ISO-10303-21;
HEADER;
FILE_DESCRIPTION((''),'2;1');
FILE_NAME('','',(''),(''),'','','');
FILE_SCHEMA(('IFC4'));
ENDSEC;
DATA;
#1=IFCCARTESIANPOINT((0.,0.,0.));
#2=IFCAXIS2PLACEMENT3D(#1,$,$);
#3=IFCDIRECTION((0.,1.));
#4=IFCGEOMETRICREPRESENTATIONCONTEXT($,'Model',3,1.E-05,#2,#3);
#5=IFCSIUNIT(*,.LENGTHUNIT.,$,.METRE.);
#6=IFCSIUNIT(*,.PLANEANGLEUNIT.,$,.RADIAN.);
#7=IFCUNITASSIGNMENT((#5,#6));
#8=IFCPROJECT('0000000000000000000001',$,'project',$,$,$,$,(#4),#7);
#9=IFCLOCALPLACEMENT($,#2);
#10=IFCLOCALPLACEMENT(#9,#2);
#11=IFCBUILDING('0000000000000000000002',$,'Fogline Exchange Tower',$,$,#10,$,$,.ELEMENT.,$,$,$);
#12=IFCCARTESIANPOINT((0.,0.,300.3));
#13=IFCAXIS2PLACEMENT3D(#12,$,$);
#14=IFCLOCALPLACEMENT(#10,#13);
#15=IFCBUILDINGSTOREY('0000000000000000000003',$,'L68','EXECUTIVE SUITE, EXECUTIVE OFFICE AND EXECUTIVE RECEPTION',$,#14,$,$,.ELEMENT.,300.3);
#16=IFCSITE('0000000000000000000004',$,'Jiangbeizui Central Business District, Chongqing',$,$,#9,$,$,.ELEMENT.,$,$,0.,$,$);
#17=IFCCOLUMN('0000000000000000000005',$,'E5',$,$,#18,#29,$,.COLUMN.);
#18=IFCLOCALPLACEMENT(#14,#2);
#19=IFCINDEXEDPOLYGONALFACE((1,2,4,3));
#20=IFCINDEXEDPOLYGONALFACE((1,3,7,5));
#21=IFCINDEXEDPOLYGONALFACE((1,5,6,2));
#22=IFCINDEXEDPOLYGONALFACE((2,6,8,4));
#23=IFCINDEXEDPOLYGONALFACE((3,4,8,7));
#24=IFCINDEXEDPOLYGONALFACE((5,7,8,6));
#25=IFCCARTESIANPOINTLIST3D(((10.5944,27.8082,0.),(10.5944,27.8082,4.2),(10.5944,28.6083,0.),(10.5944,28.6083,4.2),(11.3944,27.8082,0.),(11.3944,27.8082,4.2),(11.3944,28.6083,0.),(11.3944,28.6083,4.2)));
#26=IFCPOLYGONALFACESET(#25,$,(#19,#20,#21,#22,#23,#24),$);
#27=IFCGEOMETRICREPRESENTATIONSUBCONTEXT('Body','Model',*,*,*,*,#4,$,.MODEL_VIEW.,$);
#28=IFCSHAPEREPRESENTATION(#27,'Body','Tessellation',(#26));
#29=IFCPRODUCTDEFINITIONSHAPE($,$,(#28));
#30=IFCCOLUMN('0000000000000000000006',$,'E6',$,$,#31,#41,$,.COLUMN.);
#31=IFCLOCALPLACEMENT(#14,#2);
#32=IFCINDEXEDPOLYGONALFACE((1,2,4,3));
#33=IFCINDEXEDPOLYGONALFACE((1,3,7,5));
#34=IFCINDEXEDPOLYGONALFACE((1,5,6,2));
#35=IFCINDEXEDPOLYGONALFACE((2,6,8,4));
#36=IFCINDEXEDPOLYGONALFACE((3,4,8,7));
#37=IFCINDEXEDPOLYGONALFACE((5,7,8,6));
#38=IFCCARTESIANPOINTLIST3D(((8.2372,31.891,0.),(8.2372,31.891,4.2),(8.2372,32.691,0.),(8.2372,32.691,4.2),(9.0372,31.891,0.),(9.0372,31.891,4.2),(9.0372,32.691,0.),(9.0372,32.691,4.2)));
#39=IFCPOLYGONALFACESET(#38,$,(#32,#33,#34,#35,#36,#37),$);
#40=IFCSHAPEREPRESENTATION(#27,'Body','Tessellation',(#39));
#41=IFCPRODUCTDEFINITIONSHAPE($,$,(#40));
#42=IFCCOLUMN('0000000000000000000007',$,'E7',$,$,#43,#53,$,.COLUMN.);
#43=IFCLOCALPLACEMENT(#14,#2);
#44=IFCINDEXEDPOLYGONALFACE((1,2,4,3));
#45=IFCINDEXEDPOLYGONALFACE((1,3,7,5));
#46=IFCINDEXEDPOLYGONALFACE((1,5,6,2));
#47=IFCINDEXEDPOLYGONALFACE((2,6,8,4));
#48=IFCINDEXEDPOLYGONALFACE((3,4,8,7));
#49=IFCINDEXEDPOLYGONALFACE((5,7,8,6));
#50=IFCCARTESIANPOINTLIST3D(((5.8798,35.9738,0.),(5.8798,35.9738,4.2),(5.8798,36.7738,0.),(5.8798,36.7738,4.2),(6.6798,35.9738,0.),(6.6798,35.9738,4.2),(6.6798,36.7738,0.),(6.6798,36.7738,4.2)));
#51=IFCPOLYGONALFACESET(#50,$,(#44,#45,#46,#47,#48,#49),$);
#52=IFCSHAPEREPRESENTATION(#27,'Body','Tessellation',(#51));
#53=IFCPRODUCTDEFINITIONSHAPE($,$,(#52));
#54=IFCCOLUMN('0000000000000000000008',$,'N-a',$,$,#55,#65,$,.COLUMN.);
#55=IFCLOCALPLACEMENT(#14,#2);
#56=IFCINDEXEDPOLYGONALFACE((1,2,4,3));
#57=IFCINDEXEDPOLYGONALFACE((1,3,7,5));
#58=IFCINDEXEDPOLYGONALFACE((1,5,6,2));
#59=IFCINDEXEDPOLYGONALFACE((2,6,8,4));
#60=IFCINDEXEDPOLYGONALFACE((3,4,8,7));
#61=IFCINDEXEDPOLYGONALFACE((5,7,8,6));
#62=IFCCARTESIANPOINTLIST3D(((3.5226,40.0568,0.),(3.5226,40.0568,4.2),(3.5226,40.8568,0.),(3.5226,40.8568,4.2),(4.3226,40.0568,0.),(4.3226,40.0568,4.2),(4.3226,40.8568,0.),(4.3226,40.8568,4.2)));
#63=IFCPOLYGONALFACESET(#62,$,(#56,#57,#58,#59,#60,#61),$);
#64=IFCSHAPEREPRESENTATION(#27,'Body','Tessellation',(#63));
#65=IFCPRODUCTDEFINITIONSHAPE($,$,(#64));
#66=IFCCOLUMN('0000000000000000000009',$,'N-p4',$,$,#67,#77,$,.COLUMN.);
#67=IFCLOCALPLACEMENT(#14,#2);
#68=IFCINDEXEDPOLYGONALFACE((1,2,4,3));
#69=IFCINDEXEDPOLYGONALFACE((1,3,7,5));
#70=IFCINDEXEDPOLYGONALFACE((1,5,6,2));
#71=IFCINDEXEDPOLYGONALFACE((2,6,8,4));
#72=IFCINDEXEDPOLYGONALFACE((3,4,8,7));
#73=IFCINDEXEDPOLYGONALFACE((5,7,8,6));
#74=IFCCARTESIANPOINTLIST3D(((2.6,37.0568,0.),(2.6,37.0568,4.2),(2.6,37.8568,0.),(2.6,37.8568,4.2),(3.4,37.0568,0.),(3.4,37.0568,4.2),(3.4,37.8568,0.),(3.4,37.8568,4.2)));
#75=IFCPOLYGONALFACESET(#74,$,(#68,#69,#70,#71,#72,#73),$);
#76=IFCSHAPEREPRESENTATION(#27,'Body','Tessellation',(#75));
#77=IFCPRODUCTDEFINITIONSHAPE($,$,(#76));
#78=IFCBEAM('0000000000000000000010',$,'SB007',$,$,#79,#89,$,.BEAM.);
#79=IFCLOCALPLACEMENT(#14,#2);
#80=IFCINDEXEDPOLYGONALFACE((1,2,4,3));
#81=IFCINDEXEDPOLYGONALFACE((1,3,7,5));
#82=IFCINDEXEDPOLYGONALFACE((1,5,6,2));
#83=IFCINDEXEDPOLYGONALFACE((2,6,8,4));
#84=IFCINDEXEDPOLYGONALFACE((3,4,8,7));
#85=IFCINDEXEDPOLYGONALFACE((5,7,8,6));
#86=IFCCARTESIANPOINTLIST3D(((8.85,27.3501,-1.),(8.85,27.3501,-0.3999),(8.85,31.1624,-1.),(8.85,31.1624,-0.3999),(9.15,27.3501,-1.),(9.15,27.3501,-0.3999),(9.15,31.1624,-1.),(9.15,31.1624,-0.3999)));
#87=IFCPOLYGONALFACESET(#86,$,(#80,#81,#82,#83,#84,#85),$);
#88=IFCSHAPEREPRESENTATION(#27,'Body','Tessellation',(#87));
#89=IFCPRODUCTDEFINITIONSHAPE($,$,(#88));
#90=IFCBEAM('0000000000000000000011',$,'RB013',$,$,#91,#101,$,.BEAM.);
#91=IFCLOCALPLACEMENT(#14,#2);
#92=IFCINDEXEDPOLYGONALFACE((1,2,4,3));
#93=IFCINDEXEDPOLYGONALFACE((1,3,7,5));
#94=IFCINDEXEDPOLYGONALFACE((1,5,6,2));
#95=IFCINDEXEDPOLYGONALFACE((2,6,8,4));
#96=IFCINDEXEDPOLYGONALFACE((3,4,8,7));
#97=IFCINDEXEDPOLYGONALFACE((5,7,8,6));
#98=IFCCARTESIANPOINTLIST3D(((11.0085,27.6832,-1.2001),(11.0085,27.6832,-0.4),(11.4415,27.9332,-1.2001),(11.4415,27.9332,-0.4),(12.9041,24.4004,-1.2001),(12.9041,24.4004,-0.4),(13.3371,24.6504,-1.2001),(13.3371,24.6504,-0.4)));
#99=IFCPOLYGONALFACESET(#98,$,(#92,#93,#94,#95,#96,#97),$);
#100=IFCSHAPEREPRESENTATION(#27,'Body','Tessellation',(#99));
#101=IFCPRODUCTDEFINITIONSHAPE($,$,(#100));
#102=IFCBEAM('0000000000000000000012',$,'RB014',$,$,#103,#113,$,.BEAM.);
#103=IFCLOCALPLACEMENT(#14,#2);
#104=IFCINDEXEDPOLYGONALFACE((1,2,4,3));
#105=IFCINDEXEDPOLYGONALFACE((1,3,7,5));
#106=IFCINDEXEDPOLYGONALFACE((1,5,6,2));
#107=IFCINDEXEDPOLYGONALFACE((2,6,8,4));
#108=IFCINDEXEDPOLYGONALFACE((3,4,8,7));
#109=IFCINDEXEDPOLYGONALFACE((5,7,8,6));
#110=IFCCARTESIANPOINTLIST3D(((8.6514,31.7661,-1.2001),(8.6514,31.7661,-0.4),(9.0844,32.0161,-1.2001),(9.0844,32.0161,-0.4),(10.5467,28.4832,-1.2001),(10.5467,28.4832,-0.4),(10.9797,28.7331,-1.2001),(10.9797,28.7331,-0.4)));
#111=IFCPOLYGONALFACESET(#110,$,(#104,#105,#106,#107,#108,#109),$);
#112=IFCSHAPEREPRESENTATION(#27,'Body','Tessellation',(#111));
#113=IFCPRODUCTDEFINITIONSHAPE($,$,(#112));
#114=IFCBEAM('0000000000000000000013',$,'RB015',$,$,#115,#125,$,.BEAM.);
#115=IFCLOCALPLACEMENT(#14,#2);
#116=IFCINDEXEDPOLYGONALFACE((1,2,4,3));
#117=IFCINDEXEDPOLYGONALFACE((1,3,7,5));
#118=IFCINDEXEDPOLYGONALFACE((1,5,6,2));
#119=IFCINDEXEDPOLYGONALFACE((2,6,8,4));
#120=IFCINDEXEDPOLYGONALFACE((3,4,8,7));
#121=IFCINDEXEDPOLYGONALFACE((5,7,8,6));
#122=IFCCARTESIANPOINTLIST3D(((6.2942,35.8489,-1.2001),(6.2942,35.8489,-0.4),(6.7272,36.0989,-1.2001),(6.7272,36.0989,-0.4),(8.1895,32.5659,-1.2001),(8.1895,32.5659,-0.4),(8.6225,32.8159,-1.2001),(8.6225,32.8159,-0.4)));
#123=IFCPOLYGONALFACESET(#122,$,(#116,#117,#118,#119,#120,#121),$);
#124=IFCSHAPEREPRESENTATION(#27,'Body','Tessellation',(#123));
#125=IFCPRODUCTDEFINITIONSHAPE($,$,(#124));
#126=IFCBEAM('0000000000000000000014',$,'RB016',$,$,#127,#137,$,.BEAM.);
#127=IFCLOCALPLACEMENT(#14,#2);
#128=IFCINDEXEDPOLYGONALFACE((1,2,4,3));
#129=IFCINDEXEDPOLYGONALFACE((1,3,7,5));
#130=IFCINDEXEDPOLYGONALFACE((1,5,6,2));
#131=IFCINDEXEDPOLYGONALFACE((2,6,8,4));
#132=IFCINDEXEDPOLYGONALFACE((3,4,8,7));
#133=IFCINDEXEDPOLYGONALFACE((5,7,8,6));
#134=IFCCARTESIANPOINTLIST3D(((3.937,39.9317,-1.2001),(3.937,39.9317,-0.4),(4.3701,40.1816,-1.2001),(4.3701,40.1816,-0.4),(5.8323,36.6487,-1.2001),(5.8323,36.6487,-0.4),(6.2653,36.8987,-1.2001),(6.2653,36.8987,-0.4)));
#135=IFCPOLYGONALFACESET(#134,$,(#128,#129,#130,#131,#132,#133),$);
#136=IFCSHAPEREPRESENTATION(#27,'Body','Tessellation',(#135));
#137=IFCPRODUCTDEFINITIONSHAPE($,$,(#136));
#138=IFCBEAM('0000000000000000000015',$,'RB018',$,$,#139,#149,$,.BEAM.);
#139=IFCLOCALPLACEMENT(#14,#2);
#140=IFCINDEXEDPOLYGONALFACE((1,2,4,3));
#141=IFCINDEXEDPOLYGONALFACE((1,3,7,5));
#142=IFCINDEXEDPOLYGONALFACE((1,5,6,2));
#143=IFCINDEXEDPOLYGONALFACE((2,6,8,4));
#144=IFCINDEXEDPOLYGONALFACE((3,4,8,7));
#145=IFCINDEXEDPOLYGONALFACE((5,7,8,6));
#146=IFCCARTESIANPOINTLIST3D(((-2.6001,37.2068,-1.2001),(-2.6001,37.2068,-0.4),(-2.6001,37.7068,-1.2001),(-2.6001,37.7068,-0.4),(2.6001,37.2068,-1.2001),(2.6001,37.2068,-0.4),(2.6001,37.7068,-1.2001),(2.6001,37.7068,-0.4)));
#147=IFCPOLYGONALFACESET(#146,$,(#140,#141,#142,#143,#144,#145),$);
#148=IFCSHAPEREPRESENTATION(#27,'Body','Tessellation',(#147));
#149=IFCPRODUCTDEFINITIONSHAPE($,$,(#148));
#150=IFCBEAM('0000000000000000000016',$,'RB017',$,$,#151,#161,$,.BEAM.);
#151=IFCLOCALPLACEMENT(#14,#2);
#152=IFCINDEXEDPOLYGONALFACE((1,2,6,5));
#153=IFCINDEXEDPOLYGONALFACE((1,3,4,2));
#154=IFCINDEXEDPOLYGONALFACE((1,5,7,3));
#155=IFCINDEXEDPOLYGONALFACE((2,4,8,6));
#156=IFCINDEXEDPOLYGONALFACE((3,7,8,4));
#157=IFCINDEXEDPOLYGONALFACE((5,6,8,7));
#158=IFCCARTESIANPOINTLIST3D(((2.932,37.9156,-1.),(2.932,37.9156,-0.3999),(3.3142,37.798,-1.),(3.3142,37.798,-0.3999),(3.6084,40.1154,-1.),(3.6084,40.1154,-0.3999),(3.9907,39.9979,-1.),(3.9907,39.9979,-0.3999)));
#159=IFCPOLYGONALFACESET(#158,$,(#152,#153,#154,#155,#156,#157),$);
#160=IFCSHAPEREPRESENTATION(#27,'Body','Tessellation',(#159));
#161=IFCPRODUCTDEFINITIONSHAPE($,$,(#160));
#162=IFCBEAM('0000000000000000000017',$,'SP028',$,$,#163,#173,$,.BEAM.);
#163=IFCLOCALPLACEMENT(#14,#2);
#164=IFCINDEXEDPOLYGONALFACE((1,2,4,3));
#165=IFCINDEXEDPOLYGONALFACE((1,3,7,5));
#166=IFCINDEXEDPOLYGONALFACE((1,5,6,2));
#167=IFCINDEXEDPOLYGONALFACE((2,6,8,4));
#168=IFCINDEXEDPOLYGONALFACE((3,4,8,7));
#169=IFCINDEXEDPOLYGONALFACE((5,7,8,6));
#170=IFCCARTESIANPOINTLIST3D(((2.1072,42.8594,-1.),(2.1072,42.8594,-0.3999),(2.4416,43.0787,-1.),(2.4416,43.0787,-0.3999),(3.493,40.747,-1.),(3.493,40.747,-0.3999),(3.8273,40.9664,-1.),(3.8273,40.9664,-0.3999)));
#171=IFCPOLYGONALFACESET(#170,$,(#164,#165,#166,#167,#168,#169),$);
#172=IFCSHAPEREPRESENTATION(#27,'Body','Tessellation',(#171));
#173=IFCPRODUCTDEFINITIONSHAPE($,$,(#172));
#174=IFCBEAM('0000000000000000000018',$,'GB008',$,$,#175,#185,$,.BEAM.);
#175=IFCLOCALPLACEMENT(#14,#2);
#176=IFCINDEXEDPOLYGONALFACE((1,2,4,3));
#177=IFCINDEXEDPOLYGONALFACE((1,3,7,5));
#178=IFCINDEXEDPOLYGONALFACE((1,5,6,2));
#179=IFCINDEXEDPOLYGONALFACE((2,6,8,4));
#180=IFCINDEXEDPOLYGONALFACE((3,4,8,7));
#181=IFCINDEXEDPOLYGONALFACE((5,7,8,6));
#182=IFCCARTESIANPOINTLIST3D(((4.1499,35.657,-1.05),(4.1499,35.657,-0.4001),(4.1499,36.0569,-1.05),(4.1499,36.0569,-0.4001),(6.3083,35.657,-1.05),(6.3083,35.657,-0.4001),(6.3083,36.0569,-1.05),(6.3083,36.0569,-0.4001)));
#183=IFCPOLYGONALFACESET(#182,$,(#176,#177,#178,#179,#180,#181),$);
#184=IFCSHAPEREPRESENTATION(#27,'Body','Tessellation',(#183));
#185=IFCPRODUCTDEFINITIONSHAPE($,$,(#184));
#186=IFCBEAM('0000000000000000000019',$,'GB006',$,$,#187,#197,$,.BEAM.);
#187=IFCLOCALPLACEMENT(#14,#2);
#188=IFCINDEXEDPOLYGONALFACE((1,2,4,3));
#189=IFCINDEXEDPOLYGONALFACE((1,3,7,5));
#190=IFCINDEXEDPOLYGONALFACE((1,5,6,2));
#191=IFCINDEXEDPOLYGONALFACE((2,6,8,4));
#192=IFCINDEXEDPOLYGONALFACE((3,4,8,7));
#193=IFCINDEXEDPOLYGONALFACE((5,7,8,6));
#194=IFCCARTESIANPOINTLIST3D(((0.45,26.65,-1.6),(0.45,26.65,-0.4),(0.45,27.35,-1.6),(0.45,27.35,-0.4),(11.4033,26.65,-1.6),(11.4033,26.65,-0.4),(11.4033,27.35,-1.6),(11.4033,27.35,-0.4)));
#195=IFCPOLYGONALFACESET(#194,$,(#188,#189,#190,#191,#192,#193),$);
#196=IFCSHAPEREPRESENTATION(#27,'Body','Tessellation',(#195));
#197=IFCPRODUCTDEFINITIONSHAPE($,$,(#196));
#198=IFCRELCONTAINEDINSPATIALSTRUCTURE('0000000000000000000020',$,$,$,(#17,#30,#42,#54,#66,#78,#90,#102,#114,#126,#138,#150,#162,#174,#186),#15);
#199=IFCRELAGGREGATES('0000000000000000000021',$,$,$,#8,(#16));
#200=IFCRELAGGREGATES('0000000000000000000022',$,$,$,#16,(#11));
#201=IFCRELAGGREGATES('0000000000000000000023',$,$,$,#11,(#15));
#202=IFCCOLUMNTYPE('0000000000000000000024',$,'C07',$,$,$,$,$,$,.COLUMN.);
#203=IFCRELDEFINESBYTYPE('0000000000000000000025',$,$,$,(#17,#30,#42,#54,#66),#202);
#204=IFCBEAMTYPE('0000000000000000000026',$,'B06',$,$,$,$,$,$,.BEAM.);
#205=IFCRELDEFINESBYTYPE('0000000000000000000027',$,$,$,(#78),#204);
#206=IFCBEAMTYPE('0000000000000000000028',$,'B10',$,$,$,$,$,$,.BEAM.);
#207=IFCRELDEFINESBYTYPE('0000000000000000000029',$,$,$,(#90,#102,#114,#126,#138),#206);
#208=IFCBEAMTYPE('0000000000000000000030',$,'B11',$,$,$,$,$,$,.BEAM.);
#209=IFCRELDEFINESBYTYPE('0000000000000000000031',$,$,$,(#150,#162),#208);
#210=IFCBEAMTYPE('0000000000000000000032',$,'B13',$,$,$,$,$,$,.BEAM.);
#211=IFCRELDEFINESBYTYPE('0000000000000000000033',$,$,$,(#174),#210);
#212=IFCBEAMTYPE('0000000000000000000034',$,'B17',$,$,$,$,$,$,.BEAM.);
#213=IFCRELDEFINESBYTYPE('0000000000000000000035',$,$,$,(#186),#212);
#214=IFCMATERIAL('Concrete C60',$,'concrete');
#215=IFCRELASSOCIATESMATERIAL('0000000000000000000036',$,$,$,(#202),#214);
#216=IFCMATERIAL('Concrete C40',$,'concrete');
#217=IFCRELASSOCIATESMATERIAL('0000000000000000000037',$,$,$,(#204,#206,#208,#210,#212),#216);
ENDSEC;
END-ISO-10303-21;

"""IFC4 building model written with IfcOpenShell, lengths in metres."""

from ifc_helpers import new_model, si_unit, direction, frame, origin, origin_2d, place, context, subcontext, project, spatial, rectangle, extrude, material, material_profile, profile_set, type_object, element, save


model = new_model("IFC4")

# Units and contexts
model_context = context("Model", 3, precision=1e-05, world=origin(), true_north=direction((0.0, 1.0)))
body_context = subcontext(model_context, "Body", "Model", "MODEL_VIEW")
ifc_project = project(units=[si_unit("LENGTHUNIT", "METRE"), si_unit("PLANEANGLEUNIT", "RADIAN")], contexts=[model_context])

# Site, building, storey
site_placement = place(None, origin())
site = spatial("IfcSite", under=ifc_project, at=site_placement, Name="Jiangbeizui Central Business District, Chongqing", CompositionType="ELEMENT", RefElevation=0.0)
building_placement = place(site_placement, origin())
building = spatial("IfcBuilding", under=site, at=building_placement, Name="Fogline Exchange Tower", CompositionType="ELEMENT")
storey_placement = place(building_placement, frame((0.0, 0.0, 300.3)))
storey = spatial("IfcBuildingStorey", under=building, at=storey_placement, Name="L68", Description="EXECUTIVE SUITE, EXECUTIVE OFFICE AND EXECUTIVE RECEPTION", CompositionType="ELEMENT", Elevation=300.3)

# Columns
ifc_material_1 = material(Name="Concrete C60", Category="concrete")
ifc_material_profile_1 = material_profile(ifc_material_1, rectangle(XDim=0.8, YDim=0.8, at=origin_2d()), Name="RC 800x800")
ifc_profile_set_1 = profile_set([ifc_material_profile_1], Name="Concrete C60")
column_type = type_object("IfcColumnType", Name="C07", PredefinedType="COLUMN", material=ifc_profile_set_1)
for number, where, z_axis, x_axis, name in (
    (1, (10.9944, 28.2083, 0.0), (0.0, 0.0, 1.0), (1.0, 0.0, 0.0), "E5"),
    (2, (8.6372, 32.291, 0.0), (0.0, 0.0, 1.0), (1.0, 0.0, 0.0), "E6"),
    (3, (6.2798, 36.3738, 0.0), (0.0, 0.0, 1.0), (1.0, 0.0, 0.0), "E7"),
    (4, (3.9226, 40.4568, 0.0), (0.0, 0.0, 1.0), (1.0, 0.0, 0.0), "N-a"),
    (5, (3.0, 37.4568, 0.0), (0.0, 0.0, 1.0), (1.0, 0.0, 0.0), "N-p4"),
):
    element("IfcColumn", number, at=place(storey_placement, frame(where, z_axis=z_axis, x_axis=x_axis)), inside=storey, type_object=column_type, Name=name, PredefinedType="COLUMN", context=body_context, shape_type="SweptSolid", body=[
        extrude(rectangle(XDim=0.8, YDim=0.8, at=origin_2d()), origin(), (0.0, 0.0, 1.0), 4.2),
    ])

# Beams
ifc_material_2 = material(Name="Concrete C40", Category="concrete")
ifc_material_profile_2 = material_profile(ifc_material_2, rectangle(XDim=0.3, YDim=0.6001, at=origin_2d()), Name="RC 300x600")
ifc_profile_set_2 = profile_set([ifc_material_profile_2], Name="Concrete C40")
beam_type_1 = type_object("IfcBeamType", Name="B06", PredefinedType="BEAM", material=ifc_profile_set_2)
beam_1_placement = place(storey_placement, frame((9.0, 27.3501, -0.7), z_axis=(0.0, 1.0, 0.0), x_axis=(-1.0, 0.0, 0.0)))
element("IfcBeam", 6, at=beam_1_placement, inside=storey, type_object=beam_type_1, Name="SB007", PredefinedType="BEAM", context=body_context, shape_type="SweptSolid", body=[
    extrude(rectangle(XDim=0.3, YDim=0.6001, at=origin_2d()), origin(), (0.0, 0.0, 1.0), 3.8123),
])
ifc_material_profile_3 = material_profile(ifc_material_2, rectangle(XDim=0.5, YDim=0.8, at=origin_2d()), Name="RC 500x800")
ifc_profile_set_3 = profile_set([ifc_material_profile_3], Name="Concrete C40")
beam_type_2 = type_object("IfcBeamType", Name="B10", PredefinedType="BEAM", material=ifc_profile_set_3)
for number, where, z_axis, x_axis, name in (
    (7, (13.1206, 24.5254, -0.8), (-0.500046, 0.865999, 0.0), (-0.865999, -0.500046, 0.0), "RB013"),
    (8, (10.7632, 28.6082, -0.8), (-0.49997, 0.866043, 0.0), (-0.866043, -0.49997, 0.0), "RB014"),
    (9, (8.406, 32.6909, -0.8), (-0.49997, 0.866043, 0.0), (-0.866043, -0.49997, 0.0), "RB015"),
    (10, (6.0488, 36.7737, -0.8), (-0.49997, 0.866043, 0.0), (-0.866043, -0.49997, 0.0), "RB016"),
):
    element("IfcBeam", number, at=place(storey_placement, frame(where, z_axis=z_axis, x_axis=x_axis)), inside=storey, type_object=beam_type_2, Name=name, PredefinedType="BEAM", context=body_context, shape_type="SweptSolid", body=[
        extrude(rectangle(XDim=0.5, YDim=0.8, at=origin_2d()), origin(), (0.0, 0.0, 1.0), 3.7908),
    ])
beam_2_placement = place(storey_placement, frame((2.6001, 37.4568, -0.8), z_axis=(-1.0, 0.0, 0.0), x_axis=(0.0, -1.0, 0.0)))
element("IfcBeam", 11, at=beam_2_placement, inside=storey, type_object=beam_type_2, Name="RB018", PredefinedType="BEAM", context=body_context, shape_type="SweptSolid", body=[
    extrude(rectangle(XDim=0.5, YDim=0.8, at=origin_2d()), origin(), (0.0, 0.0, 1.0), 5.2002),
])
ifc_material_profile_4 = material_profile(ifc_material_2, rectangle(XDim=0.3999, YDim=0.6001, at=origin_2d()), Name="RC 400x600")
ifc_profile_set_4 = profile_set([ifc_material_profile_4], Name="Concrete C40")
beam_type_3 = type_object("IfcBeamType", Name="B11", PredefinedType="BEAM", material=ifc_profile_set_4)
beam_3_placement = place(storey_placement, frame((3.7996, 40.0566, -0.7), z_axis=(-0.293929, -0.955827, 0.0), x_axis=(0.955827, -0.293929, 0.0)))
element("IfcBeam", 12, at=beam_3_placement, inside=storey, type_object=beam_type_3, Name="RB017", PredefinedType="BEAM", context=body_context, shape_type="SweptSolid", body=[
    extrude(rectangle(XDim=0.3999, YDim=0.6001, at=origin_2d()), origin(), (0.0, 0.0, 1.0), 2.3015),
])
beam_4_placement = place(storey_placement, frame((3.6602, 40.8567, -0.7), z_axis=(-0.54853, 0.836131, 0.0), x_axis=(-0.836131, -0.54853, 0.0)))
element("IfcBeam", 13, at=beam_4_placement, inside=storey, type_object=beam_type_3, Name="SP028", PredefinedType="BEAM", context=body_context, shape_type="SweptSolid", body=[
    extrude(rectangle(XDim=0.3999, YDim=0.6001, at=origin_2d()), origin(), (0.0, 0.0, 1.0), 2.5264),
])
ifc_material_profile_5 = material_profile(ifc_material_2, rectangle(XDim=0.3999, YDim=0.6499, at=origin_2d()), Name="RC 400x650")
ifc_profile_set_5 = profile_set([ifc_material_profile_5], Name="Concrete C40")
beam_type_4 = type_object("IfcBeamType", Name="B13", PredefinedType="BEAM", material=ifc_profile_set_5)
beam_5_placement = place(storey_placement, frame((4.1499, 35.8569, -0.7251), z_axis=(1.0, 0.0, 0.0), x_axis=(0.0, 1.0, 0.0)))
element("IfcBeam", 14, at=beam_5_placement, inside=storey, type_object=beam_type_4, Name="GB008", PredefinedType="BEAM", context=body_context, shape_type="SweptSolid", body=[
    extrude(rectangle(XDim=0.3999, YDim=0.6499, at=origin_2d()), origin(), (0.0, 0.0, 1.0), 2.1584),
])
ifc_material_profile_6 = material_profile(ifc_material_2, rectangle(XDim=0.7, YDim=1.2, at=origin_2d()), Name="RC 700x1200")
ifc_profile_set_6 = profile_set([ifc_material_profile_6], Name="Concrete C40")
beam_type_5 = type_object("IfcBeamType", Name="B17", PredefinedType="BEAM", material=ifc_profile_set_6)
beam_6_placement = place(storey_placement, frame((0.45, 27.0, -1.0), z_axis=(1.0, 0.0, 0.0), x_axis=(0.0, 1.0, 0.0)))
element("IfcBeam", 15, at=beam_6_placement, inside=storey, type_object=beam_type_5, Name="GB006", PredefinedType="BEAM", context=body_context, shape_type="SweptSolid", body=[
    extrude(rectangle(XDim=0.7, YDim=1.2, at=origin_2d()), origin(), (0.0, 0.0, 1.0), 10.9534),
])

save(model, "model.ifc")
